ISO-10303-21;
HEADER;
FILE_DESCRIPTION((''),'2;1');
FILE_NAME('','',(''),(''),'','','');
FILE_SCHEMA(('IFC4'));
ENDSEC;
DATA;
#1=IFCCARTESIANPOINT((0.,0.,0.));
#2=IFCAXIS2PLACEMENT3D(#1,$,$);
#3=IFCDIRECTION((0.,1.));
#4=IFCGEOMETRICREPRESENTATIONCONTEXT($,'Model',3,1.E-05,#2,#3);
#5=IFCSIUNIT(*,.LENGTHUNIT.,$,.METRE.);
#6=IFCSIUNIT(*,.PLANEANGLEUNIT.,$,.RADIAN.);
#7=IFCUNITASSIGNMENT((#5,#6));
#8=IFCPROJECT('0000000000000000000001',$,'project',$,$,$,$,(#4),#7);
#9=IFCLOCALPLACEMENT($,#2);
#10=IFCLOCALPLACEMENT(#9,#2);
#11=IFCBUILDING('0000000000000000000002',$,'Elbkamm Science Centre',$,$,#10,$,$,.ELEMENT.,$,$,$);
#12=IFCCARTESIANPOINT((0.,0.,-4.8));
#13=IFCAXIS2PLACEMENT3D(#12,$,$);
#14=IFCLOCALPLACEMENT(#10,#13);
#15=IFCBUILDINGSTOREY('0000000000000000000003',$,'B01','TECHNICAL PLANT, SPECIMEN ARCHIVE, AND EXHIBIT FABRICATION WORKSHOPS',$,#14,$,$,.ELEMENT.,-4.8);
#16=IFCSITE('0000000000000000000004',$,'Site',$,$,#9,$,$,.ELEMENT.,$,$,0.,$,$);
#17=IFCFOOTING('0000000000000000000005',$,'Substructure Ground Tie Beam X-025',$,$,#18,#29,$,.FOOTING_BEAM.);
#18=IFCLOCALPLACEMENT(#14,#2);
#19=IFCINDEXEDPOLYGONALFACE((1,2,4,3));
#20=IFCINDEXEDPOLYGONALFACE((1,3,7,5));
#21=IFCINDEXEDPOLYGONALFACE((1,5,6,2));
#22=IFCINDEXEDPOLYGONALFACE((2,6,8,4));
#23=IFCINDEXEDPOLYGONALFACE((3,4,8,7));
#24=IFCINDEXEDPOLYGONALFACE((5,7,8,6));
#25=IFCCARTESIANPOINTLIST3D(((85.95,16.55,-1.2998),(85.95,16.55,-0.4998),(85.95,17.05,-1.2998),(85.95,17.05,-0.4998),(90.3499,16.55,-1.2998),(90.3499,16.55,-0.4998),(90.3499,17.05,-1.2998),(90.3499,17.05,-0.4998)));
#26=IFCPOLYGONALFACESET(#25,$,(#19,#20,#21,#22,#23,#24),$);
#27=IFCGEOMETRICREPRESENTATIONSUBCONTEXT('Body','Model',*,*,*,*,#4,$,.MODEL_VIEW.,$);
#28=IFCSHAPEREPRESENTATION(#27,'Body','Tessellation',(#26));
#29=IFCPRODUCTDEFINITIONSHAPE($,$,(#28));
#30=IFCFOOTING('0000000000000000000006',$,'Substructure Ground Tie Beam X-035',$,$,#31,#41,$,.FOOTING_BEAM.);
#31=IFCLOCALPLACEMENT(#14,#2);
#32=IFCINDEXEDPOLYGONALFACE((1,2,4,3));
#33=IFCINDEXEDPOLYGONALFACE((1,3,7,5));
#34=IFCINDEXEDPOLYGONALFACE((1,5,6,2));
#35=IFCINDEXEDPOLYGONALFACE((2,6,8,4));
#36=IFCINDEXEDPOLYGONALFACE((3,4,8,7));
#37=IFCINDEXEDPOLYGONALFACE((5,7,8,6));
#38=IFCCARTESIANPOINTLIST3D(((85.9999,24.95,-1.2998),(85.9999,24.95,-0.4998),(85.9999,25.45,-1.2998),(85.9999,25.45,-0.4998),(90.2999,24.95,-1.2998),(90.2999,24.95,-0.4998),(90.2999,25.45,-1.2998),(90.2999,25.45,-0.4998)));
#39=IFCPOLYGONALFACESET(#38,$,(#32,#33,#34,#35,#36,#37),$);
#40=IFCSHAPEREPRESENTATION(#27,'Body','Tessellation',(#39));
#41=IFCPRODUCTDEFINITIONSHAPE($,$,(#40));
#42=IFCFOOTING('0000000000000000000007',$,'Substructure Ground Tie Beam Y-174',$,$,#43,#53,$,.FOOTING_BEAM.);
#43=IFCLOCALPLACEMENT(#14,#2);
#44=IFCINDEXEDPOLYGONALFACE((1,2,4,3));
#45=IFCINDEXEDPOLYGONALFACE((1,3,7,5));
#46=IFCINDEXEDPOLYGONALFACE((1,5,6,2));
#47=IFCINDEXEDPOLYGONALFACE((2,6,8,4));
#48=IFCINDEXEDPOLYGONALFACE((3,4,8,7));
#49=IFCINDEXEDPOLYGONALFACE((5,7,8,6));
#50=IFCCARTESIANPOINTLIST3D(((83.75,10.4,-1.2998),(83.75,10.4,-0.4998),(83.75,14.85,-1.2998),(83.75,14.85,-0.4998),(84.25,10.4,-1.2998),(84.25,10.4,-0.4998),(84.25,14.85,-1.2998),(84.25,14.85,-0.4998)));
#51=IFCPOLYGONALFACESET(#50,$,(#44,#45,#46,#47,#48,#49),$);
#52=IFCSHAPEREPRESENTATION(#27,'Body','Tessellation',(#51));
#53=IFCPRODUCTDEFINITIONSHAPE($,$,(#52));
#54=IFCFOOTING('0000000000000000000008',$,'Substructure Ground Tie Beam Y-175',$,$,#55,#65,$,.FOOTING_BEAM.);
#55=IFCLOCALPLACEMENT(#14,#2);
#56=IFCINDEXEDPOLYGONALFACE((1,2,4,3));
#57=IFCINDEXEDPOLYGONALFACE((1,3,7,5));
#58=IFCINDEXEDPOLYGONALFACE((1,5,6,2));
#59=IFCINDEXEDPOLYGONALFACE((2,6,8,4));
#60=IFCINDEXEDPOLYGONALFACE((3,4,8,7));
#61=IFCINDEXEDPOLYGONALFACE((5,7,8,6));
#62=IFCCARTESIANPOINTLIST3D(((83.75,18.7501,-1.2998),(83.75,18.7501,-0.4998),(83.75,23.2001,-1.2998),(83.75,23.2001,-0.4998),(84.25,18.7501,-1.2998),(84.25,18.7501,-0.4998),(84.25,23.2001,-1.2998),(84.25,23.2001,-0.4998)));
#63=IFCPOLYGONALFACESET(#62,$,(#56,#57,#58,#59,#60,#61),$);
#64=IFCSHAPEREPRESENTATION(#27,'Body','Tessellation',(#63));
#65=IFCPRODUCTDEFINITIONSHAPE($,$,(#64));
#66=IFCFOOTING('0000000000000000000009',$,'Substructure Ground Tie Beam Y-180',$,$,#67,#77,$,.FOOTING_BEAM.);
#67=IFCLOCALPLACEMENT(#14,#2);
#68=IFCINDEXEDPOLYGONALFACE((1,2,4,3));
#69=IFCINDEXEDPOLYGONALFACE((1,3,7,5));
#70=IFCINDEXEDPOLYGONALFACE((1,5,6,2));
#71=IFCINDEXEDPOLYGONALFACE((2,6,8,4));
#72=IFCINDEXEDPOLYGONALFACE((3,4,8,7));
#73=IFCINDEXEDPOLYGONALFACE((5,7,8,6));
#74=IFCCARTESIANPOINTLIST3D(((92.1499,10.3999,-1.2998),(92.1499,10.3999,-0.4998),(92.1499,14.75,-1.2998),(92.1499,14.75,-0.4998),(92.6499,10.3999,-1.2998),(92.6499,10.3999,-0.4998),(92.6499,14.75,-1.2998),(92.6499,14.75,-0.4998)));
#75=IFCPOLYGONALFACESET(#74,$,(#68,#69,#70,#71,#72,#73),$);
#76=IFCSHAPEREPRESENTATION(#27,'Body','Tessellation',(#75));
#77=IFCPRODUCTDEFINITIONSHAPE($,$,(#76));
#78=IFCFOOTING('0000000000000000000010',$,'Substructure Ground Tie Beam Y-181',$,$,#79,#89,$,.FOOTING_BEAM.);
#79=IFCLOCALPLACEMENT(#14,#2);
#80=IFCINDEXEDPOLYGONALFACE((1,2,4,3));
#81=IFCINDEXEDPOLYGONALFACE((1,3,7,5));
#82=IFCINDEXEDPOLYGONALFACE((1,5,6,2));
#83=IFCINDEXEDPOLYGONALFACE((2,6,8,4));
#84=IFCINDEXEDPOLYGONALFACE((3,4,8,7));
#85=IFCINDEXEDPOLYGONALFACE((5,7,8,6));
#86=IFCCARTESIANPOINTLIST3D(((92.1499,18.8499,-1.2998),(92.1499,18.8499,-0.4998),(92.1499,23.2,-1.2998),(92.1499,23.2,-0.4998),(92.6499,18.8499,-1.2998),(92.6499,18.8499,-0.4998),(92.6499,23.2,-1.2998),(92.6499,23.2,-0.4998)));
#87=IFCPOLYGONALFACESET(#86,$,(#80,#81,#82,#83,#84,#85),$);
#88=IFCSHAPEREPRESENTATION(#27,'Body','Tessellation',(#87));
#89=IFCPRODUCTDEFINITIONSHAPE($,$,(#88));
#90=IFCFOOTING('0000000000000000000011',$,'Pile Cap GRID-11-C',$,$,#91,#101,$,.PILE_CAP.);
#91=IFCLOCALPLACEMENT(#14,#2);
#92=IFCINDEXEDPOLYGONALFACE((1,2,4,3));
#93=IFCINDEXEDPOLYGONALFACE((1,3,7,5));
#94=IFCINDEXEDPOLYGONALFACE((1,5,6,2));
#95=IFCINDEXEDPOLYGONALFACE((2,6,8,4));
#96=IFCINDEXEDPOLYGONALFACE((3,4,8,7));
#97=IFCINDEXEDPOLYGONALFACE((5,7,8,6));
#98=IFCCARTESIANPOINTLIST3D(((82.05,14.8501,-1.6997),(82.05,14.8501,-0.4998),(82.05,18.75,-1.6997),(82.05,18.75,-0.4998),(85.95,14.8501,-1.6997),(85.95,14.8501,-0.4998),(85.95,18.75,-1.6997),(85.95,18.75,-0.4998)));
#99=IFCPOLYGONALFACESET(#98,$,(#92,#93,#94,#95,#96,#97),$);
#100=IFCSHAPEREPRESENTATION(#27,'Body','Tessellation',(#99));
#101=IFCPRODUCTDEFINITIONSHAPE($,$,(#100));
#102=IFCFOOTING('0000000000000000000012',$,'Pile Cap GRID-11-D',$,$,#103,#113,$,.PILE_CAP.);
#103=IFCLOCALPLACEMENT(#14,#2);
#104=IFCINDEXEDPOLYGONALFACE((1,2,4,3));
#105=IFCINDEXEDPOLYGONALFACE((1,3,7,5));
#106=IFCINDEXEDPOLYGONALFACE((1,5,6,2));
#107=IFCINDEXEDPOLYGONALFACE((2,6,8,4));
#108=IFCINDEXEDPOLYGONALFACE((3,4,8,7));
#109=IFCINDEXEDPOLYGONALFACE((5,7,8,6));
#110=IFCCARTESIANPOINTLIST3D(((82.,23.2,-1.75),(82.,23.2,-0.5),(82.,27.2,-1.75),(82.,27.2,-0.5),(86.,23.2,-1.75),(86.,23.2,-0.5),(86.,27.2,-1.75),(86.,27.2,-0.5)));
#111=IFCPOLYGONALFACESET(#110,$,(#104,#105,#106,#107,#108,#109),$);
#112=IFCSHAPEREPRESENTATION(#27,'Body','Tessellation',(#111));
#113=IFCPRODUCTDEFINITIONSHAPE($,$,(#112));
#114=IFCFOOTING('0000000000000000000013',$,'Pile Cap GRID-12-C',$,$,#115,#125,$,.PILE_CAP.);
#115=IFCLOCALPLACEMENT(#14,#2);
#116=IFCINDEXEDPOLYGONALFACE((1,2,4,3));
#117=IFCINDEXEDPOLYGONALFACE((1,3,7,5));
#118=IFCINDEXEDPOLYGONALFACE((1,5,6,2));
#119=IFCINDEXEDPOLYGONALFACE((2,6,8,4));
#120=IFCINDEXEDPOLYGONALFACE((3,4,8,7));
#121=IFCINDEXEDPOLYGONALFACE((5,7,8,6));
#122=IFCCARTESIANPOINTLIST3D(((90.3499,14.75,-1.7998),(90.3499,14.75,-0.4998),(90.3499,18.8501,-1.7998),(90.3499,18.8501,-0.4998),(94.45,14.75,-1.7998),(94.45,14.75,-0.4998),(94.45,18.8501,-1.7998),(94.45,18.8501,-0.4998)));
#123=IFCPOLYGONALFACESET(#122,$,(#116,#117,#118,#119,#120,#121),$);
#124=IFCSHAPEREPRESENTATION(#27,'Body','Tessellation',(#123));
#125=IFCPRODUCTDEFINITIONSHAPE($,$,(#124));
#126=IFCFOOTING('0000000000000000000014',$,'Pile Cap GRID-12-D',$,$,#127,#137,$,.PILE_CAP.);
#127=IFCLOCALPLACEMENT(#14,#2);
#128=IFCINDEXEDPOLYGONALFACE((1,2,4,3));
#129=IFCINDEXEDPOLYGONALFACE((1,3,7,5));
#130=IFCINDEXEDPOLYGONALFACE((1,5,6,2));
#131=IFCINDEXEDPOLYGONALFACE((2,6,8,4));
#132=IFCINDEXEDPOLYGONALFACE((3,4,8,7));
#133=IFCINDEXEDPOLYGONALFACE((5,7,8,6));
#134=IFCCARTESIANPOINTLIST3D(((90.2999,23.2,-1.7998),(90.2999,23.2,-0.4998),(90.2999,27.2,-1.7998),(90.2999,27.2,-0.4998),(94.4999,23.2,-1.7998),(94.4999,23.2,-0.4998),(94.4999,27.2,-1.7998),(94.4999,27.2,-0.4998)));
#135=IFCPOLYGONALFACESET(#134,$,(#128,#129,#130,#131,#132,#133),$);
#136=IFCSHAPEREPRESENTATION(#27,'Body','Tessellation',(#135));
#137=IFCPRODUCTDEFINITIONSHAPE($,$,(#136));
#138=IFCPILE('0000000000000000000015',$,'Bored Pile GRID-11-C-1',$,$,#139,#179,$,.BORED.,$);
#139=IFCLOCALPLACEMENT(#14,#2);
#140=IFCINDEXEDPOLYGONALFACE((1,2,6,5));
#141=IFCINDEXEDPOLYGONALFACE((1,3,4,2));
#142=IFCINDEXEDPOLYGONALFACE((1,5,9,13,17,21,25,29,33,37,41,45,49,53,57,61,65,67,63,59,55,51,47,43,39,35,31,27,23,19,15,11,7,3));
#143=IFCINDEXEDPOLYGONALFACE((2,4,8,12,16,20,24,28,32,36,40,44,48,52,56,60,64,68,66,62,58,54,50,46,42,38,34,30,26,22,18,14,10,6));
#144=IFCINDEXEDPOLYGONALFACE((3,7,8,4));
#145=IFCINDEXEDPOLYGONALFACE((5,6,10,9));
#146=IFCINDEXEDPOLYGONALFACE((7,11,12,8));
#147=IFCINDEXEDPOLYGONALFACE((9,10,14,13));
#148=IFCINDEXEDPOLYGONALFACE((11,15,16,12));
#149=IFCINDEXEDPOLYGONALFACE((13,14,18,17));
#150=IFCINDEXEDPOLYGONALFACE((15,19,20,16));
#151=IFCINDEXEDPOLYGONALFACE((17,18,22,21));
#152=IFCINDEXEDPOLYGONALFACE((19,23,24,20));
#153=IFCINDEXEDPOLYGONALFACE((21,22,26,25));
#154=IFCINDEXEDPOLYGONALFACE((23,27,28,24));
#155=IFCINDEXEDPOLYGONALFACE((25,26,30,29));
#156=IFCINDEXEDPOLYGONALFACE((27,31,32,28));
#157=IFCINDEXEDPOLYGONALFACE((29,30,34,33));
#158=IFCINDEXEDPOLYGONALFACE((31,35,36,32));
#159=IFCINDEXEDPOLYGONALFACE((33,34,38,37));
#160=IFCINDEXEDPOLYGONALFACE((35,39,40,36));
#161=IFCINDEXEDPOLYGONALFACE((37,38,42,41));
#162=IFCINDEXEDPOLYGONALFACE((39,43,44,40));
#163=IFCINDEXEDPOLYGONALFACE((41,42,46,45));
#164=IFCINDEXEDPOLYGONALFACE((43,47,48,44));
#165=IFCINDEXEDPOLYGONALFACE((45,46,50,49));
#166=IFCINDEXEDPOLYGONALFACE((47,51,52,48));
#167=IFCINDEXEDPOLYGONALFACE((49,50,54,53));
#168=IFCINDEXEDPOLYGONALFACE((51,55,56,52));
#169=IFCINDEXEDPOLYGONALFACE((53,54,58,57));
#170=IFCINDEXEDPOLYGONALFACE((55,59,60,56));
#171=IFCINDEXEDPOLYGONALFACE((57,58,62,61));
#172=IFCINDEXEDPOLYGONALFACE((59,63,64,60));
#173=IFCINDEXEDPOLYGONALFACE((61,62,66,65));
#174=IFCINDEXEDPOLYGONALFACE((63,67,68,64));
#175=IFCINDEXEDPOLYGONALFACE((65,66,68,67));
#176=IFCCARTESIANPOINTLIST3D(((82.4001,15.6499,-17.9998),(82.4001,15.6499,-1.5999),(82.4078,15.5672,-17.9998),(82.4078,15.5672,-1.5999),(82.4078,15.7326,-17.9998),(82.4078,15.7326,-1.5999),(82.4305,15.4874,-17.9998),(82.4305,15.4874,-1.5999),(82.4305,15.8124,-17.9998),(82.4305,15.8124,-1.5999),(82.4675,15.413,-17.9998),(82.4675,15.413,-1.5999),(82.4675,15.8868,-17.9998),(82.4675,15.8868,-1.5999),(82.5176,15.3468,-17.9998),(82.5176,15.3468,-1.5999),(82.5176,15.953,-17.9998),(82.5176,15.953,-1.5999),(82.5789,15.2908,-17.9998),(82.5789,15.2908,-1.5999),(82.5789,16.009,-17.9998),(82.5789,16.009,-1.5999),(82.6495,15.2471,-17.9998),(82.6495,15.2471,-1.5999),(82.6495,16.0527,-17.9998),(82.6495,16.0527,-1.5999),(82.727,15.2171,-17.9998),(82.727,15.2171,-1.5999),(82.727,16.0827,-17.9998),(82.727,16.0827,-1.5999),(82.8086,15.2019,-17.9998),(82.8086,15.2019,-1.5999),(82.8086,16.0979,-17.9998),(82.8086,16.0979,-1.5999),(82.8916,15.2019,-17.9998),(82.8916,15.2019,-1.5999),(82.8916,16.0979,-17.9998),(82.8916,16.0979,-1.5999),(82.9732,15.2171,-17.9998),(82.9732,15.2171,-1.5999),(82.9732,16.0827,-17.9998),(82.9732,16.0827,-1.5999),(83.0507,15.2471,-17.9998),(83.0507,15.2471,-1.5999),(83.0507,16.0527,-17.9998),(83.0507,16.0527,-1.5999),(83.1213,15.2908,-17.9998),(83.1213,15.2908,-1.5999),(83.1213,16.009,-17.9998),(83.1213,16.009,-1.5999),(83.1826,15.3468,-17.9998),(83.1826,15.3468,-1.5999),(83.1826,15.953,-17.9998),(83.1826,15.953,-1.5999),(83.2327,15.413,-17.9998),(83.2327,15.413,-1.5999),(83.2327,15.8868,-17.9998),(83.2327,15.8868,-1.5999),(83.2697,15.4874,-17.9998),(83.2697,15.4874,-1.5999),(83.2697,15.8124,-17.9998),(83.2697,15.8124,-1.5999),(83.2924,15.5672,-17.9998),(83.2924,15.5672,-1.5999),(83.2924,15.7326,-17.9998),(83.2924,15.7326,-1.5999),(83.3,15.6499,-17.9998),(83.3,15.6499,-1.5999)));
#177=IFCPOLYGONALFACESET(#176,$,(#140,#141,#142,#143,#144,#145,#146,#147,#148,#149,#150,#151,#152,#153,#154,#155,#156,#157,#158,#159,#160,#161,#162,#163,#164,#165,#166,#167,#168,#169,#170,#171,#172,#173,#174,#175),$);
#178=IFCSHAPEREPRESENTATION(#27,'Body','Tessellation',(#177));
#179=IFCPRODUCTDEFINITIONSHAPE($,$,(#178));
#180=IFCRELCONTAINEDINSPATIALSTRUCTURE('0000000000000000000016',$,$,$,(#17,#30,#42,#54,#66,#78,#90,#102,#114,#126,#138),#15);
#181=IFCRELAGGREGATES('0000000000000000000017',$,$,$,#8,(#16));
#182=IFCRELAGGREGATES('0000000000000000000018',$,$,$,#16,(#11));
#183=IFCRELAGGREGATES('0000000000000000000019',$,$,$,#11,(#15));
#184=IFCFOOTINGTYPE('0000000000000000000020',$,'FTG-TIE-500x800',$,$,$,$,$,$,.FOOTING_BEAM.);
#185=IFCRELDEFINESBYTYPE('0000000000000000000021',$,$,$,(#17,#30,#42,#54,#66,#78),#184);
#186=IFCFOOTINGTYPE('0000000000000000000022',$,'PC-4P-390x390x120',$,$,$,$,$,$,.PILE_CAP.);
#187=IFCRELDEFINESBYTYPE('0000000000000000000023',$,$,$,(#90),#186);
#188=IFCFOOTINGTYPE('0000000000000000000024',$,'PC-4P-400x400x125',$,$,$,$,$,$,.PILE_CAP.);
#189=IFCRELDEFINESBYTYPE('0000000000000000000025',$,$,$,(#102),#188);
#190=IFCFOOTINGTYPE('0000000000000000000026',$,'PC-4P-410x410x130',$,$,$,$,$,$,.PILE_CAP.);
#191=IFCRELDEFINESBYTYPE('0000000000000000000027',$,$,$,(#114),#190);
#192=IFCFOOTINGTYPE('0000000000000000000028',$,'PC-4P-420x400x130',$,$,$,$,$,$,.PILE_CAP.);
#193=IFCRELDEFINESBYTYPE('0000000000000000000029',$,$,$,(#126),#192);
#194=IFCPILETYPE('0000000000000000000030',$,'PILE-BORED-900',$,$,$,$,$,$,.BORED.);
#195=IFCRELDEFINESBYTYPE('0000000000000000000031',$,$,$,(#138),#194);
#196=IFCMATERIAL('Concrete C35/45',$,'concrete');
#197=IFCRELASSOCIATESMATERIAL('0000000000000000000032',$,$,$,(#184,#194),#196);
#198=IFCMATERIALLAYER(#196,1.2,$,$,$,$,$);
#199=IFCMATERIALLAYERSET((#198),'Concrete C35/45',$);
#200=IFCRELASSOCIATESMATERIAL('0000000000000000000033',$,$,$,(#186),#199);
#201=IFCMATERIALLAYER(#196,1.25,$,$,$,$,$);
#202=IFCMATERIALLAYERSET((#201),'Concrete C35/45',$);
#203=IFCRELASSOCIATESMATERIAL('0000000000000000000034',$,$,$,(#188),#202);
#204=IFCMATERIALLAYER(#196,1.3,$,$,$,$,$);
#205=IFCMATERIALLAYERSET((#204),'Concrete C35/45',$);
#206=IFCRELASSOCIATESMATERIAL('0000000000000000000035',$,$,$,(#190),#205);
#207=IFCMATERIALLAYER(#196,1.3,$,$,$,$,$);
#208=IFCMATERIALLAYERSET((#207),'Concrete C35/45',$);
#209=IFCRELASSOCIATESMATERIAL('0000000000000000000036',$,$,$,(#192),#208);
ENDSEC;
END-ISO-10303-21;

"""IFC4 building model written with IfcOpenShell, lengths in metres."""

from ifc_helpers import new_model, si_unit, direction, frame, origin, origin_2d, place, context, subcontext, project, spatial, rectangle, circle, extrude, material, layer, layer_set, material_profile, profile_set, type_object, element, save


model = new_model("IFC4")

# Units and contexts
model_context = context("Model", 3, precision=1e-05, world=origin(), true_north=direction((0.0, 1.0)))
body_context = subcontext(model_context, "Body", "Model", "MODEL_VIEW")
ifc_project = project(units=[si_unit("LENGTHUNIT", "METRE"), si_unit("PLANEANGLEUNIT", "RADIAN")], contexts=[model_context])

# Site, building, storey
site_placement = place(None, origin())
site = spatial("IfcSite", under=ifc_project, at=site_placement, Name="Site", CompositionType="ELEMENT", RefElevation=0.0)
building_placement = place(site_placement, origin())
building = spatial("IfcBuilding", under=site, at=building_placement, Name="Elbkamm Science Centre", CompositionType="ELEMENT")
storey_placement = place(building_placement, frame((0.0, 0.0, -4.8)))
storey = spatial("IfcBuildingStorey", under=building, at=storey_placement, Name="B01", Description="TECHNICAL PLANT, SPECIMEN ARCHIVE, AND EXHIBIT FABRICATION WORKSHOPS", CompositionType="ELEMENT", Elevation=-4.8)

# Footings
ifc_material_1 = material(Name="Concrete C35/45", Category="concrete")
footing_type_1 = type_object("IfcFootingType", Name="FTG-TIE-500x800", PredefinedType="FOOTING_BEAM", material=ifc_material_1)
footing_1_placement = place(storey_placement, frame((88.1499, 16.8, -1.2998), z_axis=(0.0, 0.0, 1.0), x_axis=(1.0, 0.0, 0.0)))
element("IfcFooting", 1, at=footing_1_placement, inside=storey, type_object=footing_type_1, Name="Substructure Ground Tie Beam X-025", PredefinedType="FOOTING_BEAM", context=body_context, shape_type="SweptSolid", body=[
    extrude(rectangle(XDim=4.3999, YDim=0.5, at=origin_2d()), origin(), (0.0, 0.0, 1.0), 0.8),
])
footing_2_placement = place(storey_placement, frame((88.1499, 25.2, -1.2998), z_axis=(0.0, 0.0, 1.0), x_axis=(1.0, 0.0, 0.0)))
element("IfcFooting", 2, at=footing_2_placement, inside=storey, type_object=footing_type_1, Name="Substructure Ground Tie Beam X-035", PredefinedType="FOOTING_BEAM", context=body_context, shape_type="SweptSolid", body=[
    extrude(rectangle(XDim=4.3, YDim=0.5, at=origin_2d()), origin(), (0.0, 0.0, 1.0), 0.8),
])
for number, where, z_axis, x_axis, name in (
    (3, (84.0, 12.625, -1.2998), (0.0, 0.0, 1.0), (1.0, 0.0, 0.0), "Substructure Ground Tie Beam Y-174"),
    (4, (84.0, 20.9751, -1.2998), (0.0, 0.0, 1.0), (1.0, 0.0, 0.0), "Substructure Ground Tie Beam Y-175"),
):
    element("IfcFooting", number, at=place(storey_placement, frame(where, z_axis=z_axis, x_axis=x_axis)), inside=storey, type_object=footing_type_1, Name=name, PredefinedType="FOOTING_BEAM", context=body_context, shape_type="SweptSolid", body=[
        extrude(rectangle(XDim=0.5, YDim=4.45, at=origin_2d()), origin(), (0.0, 0.0, 1.0), 0.8),
    ])
for number, where, z_axis, x_axis, name in (
    (5, (92.3999, 12.575, -1.2998), (0.0, 0.0, 1.0), (1.0, 0.0, 0.0), "Substructure Ground Tie Beam Y-180"),
    (6, (92.3999, 21.0249, -1.2998), (0.0, 0.0, 1.0), (1.0, 0.0, 0.0), "Substructure Ground Tie Beam Y-181"),
):
    element("IfcFooting", number, at=place(storey_placement, frame(where, z_axis=z_axis, x_axis=x_axis)), inside=storey, type_object=footing_type_1, Name=name, PredefinedType="FOOTING_BEAM", context=body_context, shape_type="SweptSolid", body=[
        extrude(rectangle(XDim=0.5, YDim=4.3501, at=origin_2d()), origin(), (0.0, 0.0, 1.0), 0.8),
    ])
ifc_layer_1 = layer(ifc_material_1, 1.2)
ifc_layer_set_1 = layer_set([ifc_layer_1], Name="Concrete C35/45")
footing_type_2 = type_object("IfcFootingType", Name="PC-4P-390x390x120", PredefinedType="PILE_CAP", material=ifc_layer_set_1)
footing_3_placement = place(storey_placement, frame((84.0, 16.8, -1.6997), z_axis=(0.0, 0.0, 1.0), x_axis=(1.0, 0.0, 0.0)))
element("IfcFooting", 7, at=footing_3_placement, inside=storey, type_object=footing_type_2, Name="Pile Cap GRID-11-C", PredefinedType="PILE_CAP", context=body_context, shape_type="SweptSolid", body=[
    extrude(rectangle(XDim=3.8999, YDim=3.8999, at=origin_2d()), origin(), (0.0, 0.0, 1.0), 1.2),
])
ifc_layer_2 = layer(ifc_material_1, 1.25)
ifc_layer_set_2 = layer_set([ifc_layer_2], Name="Concrete C35/45")
footing_type_3 = type_object("IfcFootingType", Name="PC-4P-400x400x125", PredefinedType="PILE_CAP", material=ifc_layer_set_2)
footing_4_placement = place(storey_placement, frame((84.0, 25.2, -1.75), z_axis=(0.0, 0.0, 1.0), x_axis=(1.0, 0.0, 0.0)))
element("IfcFooting", 8, at=footing_4_placement, inside=storey, type_object=footing_type_3, Name="Pile Cap GRID-11-D", PredefinedType="PILE_CAP", context=body_context, shape_type="SweptSolid", body=[
    extrude(rectangle(XDim=4.0, YDim=4.0, at=origin_2d()), origin(), (0.0, 0.0, 1.0), 1.25),
])
ifc_layer_3 = layer(ifc_material_1, 1.3)
ifc_layer_set_3 = layer_set([ifc_layer_3], Name="Concrete C35/45")
footing_type_4 = type_object("IfcFootingType", Name="PC-4P-410x410x130", PredefinedType="PILE_CAP", material=ifc_layer_set_3)
footing_5_placement = place(storey_placement, frame((92.3999, 16.8, -1.7998), z_axis=(0.0, 0.0, 1.0), x_axis=(1.0, 0.0, 0.0)))
element("IfcFooting", 9, at=footing_5_placement, inside=storey, type_object=footing_type_4, Name="Pile Cap GRID-12-C", PredefinedType="PILE_CAP", context=body_context, shape_type="SweptSolid", body=[
    extrude(rectangle(XDim=4.1001, YDim=4.1001, at=origin_2d()), origin(), (0.0, 0.0, 1.0), 1.3),
])
ifc_layer_4 = layer(ifc_material_1, 1.3)
ifc_layer_set_4 = layer_set([ifc_layer_4], Name="Concrete C35/45")
footing_type_5 = type_object("IfcFootingType", Name="PC-4P-420x400x130", PredefinedType="PILE_CAP", material=ifc_layer_set_4)
footing_6_placement = place(storey_placement, frame((92.3999, 25.2, -1.7998), z_axis=(0.0, 0.0, 1.0), x_axis=(1.0, 0.0, 0.0)))
element("IfcFooting", 10, at=footing_6_placement, inside=storey, type_object=footing_type_5, Name="Pile Cap GRID-12-D", PredefinedType="PILE_CAP", context=body_context, shape_type="SweptSolid", body=[
    extrude(rectangle(XDim=4.2, YDim=4.0, at=origin_2d()), origin(), (0.0, 0.0, 1.0), 1.3),
])

# Pile
ifc_material_profile_1 = material_profile(ifc_material_1, circle(Radius=0.45, at=origin_2d()), Name="PILE D900")
ifc_profile_set_1 = profile_set([ifc_material_profile_1], Name="Concrete C35/45")
pile_type = type_object("IfcPileType", Name="PILE-BORED-900", PredefinedType="BORED", material=ifc_profile_set_1)
for number, where, z_axis, x_axis, name in (
    (11, (82.8501, 15.6499, -1.5999), (0.0, 0.0, -1.0), (1.0, 0.0, 0.0), "Bored Pile GRID-11-C-1"),
):
    element("IfcPile", number, at=place(storey_placement, frame(where, z_axis=z_axis, x_axis=x_axis)), inside=storey, type_object=pile_type, Name=name, PredefinedType="BORED", context=body_context, shape_type="SweptSolid", body=[
        extrude(circle(Radius=0.45, at=origin_2d()), origin(), (0.0, 0.0, 1.0), 16.3999),
    ])

save(model, "model.ifc")
